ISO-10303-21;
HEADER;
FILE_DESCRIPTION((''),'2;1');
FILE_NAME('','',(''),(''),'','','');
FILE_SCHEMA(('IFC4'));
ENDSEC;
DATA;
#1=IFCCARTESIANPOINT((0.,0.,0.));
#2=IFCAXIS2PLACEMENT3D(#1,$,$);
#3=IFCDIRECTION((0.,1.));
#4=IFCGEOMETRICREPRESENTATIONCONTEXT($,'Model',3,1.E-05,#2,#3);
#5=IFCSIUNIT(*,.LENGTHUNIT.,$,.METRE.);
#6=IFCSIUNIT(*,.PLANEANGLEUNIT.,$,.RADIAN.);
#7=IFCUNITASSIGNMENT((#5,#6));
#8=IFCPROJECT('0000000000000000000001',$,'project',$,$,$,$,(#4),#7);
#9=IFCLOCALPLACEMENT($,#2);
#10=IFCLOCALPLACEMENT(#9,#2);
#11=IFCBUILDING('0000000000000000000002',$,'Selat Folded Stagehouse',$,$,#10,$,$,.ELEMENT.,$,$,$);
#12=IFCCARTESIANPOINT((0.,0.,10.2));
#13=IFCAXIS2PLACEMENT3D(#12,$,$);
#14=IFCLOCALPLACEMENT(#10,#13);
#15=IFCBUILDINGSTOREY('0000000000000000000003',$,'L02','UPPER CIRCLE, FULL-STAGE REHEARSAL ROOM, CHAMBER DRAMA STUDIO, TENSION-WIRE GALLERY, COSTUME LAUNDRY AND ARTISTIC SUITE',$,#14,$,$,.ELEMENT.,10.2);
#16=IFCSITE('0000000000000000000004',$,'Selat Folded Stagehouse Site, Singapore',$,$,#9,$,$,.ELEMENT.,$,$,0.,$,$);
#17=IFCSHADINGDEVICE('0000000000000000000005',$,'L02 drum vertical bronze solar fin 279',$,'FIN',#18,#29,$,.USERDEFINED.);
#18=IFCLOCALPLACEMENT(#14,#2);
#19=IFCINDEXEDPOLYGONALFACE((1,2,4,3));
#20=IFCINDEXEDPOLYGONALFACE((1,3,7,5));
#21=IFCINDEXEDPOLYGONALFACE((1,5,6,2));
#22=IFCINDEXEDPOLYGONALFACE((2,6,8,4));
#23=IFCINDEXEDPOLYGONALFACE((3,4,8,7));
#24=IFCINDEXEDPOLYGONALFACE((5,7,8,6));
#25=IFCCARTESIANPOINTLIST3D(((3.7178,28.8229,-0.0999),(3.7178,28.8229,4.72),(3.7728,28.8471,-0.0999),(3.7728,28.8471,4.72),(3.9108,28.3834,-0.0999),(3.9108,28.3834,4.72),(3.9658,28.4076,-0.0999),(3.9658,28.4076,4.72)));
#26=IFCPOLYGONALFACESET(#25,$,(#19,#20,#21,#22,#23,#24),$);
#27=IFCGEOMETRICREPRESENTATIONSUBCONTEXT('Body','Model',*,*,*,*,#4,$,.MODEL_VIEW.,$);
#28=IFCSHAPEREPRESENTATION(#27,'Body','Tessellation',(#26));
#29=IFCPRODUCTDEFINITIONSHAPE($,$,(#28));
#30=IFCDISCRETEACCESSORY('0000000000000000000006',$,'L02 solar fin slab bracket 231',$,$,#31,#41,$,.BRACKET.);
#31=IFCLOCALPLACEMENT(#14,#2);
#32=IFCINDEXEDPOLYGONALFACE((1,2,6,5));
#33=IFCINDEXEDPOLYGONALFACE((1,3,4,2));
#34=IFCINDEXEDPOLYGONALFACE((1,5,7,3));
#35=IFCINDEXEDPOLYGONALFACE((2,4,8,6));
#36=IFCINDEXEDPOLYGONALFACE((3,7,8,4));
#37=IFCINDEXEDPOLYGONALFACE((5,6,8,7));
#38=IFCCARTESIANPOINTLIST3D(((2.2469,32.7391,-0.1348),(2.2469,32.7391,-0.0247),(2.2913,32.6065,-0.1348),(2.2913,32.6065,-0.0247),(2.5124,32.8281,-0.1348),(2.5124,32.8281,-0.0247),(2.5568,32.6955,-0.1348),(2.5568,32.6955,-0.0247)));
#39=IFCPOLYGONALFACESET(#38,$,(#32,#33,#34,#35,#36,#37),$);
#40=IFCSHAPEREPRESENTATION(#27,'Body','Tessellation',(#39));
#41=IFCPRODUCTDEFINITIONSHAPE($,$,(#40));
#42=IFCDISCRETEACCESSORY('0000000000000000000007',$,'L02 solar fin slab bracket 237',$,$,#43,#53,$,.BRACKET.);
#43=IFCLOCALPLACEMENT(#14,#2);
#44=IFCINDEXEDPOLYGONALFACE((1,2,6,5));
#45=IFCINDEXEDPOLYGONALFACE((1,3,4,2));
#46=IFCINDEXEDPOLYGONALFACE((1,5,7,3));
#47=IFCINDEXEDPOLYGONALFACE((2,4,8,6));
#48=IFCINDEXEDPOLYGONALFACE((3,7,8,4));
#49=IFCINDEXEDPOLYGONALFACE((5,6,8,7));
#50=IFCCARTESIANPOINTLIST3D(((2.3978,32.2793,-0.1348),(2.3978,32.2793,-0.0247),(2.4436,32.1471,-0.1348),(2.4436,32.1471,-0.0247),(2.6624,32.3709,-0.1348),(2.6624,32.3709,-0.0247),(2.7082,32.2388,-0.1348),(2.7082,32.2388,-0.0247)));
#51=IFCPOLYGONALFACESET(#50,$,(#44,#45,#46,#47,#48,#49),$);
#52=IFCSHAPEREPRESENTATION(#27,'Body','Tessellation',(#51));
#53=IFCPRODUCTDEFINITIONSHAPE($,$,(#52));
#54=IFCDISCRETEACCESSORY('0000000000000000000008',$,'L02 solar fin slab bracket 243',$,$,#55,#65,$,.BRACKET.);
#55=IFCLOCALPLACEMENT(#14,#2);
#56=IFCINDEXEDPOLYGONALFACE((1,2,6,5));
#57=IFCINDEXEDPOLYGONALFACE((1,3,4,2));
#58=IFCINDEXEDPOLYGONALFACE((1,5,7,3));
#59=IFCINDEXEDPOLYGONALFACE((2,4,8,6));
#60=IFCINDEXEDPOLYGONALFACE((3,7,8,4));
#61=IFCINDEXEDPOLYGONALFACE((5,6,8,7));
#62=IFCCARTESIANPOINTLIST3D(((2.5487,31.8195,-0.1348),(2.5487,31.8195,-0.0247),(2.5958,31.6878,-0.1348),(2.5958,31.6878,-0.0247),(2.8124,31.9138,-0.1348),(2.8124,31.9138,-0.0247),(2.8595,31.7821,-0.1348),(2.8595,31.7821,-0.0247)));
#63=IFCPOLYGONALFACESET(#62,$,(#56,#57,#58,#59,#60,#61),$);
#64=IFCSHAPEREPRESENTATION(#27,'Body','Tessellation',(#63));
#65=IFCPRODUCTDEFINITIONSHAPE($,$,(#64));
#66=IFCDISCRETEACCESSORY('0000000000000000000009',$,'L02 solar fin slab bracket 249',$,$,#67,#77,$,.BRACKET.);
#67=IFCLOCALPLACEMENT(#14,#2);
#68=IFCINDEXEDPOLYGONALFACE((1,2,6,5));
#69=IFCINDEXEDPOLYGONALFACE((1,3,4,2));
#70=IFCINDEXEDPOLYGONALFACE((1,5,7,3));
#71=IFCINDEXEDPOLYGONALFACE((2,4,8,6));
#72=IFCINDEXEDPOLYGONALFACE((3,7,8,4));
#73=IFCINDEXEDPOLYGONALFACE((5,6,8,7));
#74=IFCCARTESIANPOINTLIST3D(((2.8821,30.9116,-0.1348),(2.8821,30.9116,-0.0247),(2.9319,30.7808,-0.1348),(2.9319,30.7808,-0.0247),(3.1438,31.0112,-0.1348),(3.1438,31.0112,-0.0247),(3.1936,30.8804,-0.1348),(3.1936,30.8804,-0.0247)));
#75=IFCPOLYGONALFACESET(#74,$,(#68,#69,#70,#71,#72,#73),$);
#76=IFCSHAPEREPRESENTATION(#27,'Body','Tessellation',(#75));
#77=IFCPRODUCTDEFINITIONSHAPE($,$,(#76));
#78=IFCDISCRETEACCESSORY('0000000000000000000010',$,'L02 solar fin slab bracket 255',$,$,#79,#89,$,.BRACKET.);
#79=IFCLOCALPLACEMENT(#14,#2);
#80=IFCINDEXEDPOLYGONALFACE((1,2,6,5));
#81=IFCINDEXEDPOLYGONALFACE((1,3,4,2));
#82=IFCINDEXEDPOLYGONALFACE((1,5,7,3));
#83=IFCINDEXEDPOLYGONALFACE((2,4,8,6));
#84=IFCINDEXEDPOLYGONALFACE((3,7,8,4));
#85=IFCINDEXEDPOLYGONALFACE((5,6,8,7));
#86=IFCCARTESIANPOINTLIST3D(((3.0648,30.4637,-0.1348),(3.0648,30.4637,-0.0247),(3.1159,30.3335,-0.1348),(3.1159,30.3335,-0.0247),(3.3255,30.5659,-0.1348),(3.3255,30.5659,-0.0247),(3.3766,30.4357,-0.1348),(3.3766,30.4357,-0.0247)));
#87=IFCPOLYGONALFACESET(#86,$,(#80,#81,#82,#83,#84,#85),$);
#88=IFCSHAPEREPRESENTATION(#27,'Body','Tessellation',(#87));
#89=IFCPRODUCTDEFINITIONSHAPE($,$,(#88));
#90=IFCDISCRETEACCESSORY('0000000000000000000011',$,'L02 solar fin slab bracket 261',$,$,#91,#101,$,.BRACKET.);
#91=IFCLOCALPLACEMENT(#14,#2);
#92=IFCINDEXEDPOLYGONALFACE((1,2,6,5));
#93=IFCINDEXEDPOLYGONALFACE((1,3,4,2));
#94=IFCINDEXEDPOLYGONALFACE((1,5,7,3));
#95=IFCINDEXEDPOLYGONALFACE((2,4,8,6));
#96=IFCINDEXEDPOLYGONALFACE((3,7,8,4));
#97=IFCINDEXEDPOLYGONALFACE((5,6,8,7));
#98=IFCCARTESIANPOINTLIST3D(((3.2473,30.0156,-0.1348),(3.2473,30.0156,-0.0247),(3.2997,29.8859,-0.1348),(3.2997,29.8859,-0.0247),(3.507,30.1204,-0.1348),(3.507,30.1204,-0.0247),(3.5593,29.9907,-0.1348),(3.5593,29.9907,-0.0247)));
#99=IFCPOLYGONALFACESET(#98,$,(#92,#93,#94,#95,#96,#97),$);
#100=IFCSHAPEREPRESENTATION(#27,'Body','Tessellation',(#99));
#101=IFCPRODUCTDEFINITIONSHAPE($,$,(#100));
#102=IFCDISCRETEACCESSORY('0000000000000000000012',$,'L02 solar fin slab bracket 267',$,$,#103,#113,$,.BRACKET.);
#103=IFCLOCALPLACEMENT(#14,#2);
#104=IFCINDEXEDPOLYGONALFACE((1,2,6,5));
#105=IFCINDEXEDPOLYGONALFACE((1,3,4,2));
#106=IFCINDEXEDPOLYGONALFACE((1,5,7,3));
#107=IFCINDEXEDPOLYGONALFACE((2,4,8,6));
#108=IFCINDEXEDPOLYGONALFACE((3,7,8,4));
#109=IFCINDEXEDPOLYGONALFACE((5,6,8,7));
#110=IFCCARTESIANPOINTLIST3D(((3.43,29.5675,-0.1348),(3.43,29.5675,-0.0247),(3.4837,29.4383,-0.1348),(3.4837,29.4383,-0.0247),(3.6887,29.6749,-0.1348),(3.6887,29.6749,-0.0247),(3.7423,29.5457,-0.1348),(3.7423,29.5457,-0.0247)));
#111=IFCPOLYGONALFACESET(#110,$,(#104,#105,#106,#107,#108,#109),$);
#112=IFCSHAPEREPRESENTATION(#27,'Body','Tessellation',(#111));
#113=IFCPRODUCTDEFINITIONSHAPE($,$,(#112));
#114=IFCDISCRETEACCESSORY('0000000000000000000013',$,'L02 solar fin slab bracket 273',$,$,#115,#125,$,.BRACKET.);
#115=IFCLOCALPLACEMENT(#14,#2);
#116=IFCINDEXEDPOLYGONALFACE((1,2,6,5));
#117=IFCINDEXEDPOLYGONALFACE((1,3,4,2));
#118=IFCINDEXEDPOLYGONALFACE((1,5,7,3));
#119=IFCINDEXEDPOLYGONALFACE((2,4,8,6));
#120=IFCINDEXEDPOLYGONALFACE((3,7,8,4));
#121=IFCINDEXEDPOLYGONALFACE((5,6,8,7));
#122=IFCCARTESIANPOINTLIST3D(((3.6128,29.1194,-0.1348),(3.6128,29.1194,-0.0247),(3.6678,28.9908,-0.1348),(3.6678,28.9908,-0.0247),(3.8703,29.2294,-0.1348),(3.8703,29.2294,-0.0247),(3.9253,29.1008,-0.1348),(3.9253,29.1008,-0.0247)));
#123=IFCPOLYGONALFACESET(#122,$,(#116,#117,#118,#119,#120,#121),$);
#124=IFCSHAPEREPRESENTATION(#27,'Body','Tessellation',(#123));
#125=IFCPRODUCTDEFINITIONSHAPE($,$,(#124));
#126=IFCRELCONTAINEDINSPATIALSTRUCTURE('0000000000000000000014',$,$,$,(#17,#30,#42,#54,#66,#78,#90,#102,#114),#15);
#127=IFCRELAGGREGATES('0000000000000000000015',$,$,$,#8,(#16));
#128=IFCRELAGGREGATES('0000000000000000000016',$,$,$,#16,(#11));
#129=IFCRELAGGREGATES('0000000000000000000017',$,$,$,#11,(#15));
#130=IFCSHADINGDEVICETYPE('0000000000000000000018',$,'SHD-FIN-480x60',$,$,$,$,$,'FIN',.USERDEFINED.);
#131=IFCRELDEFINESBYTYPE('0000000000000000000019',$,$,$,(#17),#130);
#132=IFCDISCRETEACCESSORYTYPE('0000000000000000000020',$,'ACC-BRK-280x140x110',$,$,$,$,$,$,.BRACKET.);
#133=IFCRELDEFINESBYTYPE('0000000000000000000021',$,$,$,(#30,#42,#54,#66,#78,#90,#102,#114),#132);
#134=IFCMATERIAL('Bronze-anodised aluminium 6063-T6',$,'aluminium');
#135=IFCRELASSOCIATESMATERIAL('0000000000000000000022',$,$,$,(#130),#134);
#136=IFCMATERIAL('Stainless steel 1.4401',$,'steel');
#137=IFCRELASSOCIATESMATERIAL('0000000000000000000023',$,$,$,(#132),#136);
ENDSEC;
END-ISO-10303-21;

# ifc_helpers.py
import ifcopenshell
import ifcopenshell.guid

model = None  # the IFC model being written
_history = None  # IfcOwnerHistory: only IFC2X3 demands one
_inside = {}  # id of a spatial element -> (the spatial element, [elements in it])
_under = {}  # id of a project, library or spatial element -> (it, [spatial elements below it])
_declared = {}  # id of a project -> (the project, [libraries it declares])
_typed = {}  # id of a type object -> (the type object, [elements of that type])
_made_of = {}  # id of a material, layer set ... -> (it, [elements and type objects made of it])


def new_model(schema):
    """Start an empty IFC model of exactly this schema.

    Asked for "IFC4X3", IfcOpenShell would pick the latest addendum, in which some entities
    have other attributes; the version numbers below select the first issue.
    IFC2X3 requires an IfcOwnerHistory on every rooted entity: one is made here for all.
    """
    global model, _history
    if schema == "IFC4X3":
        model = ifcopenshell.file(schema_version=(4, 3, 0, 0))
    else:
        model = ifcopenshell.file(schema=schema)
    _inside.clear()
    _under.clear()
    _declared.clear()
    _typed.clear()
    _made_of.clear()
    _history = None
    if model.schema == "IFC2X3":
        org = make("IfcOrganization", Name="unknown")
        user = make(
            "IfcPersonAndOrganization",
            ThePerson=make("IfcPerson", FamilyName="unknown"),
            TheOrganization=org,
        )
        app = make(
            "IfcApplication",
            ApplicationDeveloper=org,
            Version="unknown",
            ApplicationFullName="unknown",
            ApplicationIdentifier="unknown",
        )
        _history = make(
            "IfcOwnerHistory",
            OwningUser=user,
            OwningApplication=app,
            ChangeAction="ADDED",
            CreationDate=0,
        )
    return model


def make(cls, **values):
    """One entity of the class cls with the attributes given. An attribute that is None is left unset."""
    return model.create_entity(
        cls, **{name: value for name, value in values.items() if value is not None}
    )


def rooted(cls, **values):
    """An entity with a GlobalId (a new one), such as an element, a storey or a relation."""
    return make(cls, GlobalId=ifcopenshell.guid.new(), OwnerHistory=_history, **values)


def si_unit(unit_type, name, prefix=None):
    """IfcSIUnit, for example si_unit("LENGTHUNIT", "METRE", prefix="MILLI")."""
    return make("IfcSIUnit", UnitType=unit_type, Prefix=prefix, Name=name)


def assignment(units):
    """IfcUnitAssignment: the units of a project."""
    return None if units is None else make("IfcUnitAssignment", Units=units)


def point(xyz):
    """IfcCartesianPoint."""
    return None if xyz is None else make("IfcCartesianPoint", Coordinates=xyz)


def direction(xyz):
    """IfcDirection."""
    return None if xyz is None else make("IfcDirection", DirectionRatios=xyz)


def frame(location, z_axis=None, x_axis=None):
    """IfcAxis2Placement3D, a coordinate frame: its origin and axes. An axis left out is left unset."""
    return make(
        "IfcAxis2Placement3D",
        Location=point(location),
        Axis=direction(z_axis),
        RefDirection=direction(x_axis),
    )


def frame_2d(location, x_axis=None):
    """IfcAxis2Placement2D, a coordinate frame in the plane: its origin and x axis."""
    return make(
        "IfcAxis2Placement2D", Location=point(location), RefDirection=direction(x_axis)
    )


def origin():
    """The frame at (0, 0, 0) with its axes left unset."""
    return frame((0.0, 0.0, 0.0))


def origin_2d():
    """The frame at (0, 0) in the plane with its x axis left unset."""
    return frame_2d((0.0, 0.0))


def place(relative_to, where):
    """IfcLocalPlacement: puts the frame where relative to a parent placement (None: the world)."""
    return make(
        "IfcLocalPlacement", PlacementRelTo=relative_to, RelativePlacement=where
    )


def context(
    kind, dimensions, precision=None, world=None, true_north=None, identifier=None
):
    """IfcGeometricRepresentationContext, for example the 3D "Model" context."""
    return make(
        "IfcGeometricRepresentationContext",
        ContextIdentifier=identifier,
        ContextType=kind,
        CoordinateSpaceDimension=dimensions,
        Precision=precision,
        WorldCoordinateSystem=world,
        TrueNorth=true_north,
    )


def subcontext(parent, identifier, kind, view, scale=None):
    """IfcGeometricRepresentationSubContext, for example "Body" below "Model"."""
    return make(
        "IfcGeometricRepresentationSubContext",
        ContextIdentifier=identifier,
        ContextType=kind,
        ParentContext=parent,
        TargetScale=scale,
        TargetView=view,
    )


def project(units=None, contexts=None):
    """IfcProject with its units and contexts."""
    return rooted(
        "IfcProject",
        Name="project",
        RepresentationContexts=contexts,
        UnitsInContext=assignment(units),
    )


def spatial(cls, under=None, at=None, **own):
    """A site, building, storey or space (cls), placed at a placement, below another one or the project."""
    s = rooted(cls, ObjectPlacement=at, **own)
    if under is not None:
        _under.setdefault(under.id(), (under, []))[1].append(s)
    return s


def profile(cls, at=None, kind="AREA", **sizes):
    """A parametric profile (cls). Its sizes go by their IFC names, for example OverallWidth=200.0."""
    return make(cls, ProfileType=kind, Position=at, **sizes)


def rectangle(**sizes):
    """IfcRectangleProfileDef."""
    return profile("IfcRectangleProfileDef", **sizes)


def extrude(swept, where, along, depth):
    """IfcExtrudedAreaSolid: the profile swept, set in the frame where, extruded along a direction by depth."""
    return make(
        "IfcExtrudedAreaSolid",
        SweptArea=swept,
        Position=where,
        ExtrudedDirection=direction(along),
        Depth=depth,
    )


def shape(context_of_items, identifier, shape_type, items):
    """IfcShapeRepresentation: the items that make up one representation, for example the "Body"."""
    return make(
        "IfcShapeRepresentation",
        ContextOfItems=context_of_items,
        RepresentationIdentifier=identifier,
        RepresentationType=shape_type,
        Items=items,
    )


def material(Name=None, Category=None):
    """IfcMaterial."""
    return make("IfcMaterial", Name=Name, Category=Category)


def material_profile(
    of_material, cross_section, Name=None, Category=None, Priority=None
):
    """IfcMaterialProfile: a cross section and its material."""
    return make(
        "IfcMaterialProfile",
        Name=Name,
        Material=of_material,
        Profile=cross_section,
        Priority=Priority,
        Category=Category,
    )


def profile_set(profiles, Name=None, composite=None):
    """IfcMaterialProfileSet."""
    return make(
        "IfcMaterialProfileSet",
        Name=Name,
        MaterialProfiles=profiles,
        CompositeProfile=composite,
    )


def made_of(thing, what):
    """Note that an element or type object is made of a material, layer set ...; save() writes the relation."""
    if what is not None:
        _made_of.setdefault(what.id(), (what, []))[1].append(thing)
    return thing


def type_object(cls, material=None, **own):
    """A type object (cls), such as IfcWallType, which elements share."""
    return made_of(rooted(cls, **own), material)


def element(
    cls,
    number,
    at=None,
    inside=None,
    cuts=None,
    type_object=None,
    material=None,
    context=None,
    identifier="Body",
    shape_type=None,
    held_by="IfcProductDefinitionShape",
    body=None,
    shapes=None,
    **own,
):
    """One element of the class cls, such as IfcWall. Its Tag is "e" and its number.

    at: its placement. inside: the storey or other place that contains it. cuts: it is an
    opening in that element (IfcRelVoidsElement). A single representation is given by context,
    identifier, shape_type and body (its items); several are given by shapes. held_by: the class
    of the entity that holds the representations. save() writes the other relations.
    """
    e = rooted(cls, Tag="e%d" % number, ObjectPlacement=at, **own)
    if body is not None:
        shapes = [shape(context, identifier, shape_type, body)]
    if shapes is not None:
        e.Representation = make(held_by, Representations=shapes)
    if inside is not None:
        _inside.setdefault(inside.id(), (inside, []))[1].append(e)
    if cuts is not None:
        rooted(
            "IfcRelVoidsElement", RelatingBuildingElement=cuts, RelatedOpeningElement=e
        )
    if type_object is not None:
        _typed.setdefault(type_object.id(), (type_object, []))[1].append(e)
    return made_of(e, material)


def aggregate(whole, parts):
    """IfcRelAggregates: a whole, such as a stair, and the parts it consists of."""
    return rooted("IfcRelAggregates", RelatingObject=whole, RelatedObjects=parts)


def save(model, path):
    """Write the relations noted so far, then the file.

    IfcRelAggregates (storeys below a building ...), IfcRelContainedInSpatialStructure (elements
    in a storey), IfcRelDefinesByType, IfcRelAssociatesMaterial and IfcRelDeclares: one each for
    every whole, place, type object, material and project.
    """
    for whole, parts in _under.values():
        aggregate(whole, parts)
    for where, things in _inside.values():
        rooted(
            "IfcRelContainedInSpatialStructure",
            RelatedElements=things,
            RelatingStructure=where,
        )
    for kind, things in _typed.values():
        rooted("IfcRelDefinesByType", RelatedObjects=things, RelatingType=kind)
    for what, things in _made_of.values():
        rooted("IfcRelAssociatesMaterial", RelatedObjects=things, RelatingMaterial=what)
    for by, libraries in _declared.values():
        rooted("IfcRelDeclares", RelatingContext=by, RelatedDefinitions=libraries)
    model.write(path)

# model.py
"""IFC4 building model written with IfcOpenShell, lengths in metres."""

from ifc_helpers import new_model, si_unit, direction, frame, origin, origin_2d, place, context, subcontext, project, spatial, rectangle, extrude, material, material_profile, profile_set, type_object, element, save


model = new_model("IFC4")

# Units and contexts
model_context = context("Model", 3, precision=1e-05, world=origin(), true_north=direction((0.0, 1.0)))
body_context = subcontext(model_context, "Body", "Model", "MODEL_VIEW")
ifc_project = project(units=[si_unit("LENGTHUNIT", "METRE"), si_unit("PLANEANGLEUNIT", "RADIAN")], contexts=[model_context])

# Site, building, storey
site_placement = place(None, origin())
site = spatial("IfcSite", under=ifc_project, at=site_placement, Name="Selat Folded Stagehouse Site, Singapore", CompositionType="ELEMENT", RefElevation=0.0)
building_placement = place(site_placement, origin())
building = spatial("IfcBuilding", under=site, at=building_placement, Name="Selat Folded Stagehouse", CompositionType="ELEMENT")
storey_placement = place(building_placement, frame((0.0, 0.0, 10.2)))
storey = spatial("IfcBuildingStorey", under=building, at=storey_placement, Name="L02", Description="UPPER CIRCLE, FULL-STAGE REHEARSAL ROOM, CHAMBER DRAMA STUDIO, TENSION-WIRE GALLERY, COSTUME LAUNDRY AND ARTISTIC SUITE", CompositionType="ELEMENT", Elevation=10.2)

# Shading device
ifc_material_1 = material(Name="Bronze-anodised aluminium 6063-T6", Category="aluminium")
ifc_material_profile_1 = material_profile(ifc_material_1, rectangle(XDim=0.0601, YDim=0.48, at=origin_2d()), Name="SOLAR-FIN 480x60")
ifc_profile_set_1 = profile_set([ifc_material_profile_1], Name="Bronze-anodised aluminium 6063-T6")
shading_device_type = type_object("IfcShadingDeviceType", Name="SHD-FIN-480x60", ElementType="FIN", PredefinedType="USERDEFINED", material=ifc_profile_set_1)
for number, where, z_axis, x_axis, name in (
    (1, (3.8418, 28.6152, -0.0999), (0.0, 0.0, 1.0), (-0.915663, -0.401948, 0.0), "L02 drum vertical bronze solar fin 279"),
):
    element("IfcShadingDevice", number, at=place(storey_placement, frame(where, z_axis=z_axis, x_axis=x_axis)), inside=storey, type_object=shading_device_type, Name=name, ObjectType="FIN", PredefinedType="USERDEFINED", context=body_context, shape_type="SweptSolid", body=[
        extrude(rectangle(XDim=0.0601, YDim=0.48, at=origin_2d()), origin(), (0.0, 0.0, 1.0), 4.8198),
    ])

# Discrete accessories
ifc_material_2 = material(Name="Stainless steel 1.4401", Category="steel")
discrete_accessory_type = type_object("IfcDiscreteAccessoryType", Name="ACC-BRK-280x140x110", PredefinedType="BRACKET", material=ifc_material_2)
for number, where, z_axis, x_axis, name in (
    (2, (2.4019, 32.7173, -0.1348), (0.0, 0.0, 1.0), (-0.948157, -0.317801, 0.0), "L02 solar fin slab bracket 231"),
    (3, (2.553, 32.259, -0.1348), (0.0, 0.0, 1.0), (-0.944949, -0.327218, 0.0), "L02 solar fin slab bracket 237"),
    (4, (2.7041, 31.8008, -0.1348), (0.0, 0.0, 1.0), (-0.941588, -0.336767, 0.0), "L02 solar fin slab bracket 243"),
    (5, (3.0378, 30.896, -0.1348), (0.0, 0.0, 1.0), (-0.93464, -0.355596, 0.0), "L02 solar fin slab bracket 249"),
    (6, (3.2207, 30.4497, -0.1348), (0.0, 0.0, 1.0), (-0.931056, -0.364877, 0.0), "L02 solar fin slab bracket 255"),
    (7, (3.4033, 30.0032, -0.1348), (0.0, 0.0, 1.0), (-0.927315, -0.374283, 0.0), "L02 solar fin slab bracket 261"),
    (8, (3.5862, 29.5566, -0.1348), (0.0, 0.0, 1.0), (-0.923545, -0.38349, 0.0), "L02 solar fin slab bracket 267"),
    (9, (3.769, 29.1101, -0.1348), (0.0, 0.0, 1.0), (-0.919616, -0.392819, 0.0), "L02 solar fin slab bracket 273"),
):
    element("IfcDiscreteAccessory", number, at=place(storey_placement, frame(where, z_axis=z_axis, x_axis=x_axis)), inside=storey, type_object=discrete_accessory_type, Name=name, PredefinedType="BRACKET", context=body_context, shape_type="SweptSolid", body=[
        extrude(rectangle(XDim=0.28, YDim=0.1399, at=origin_2d()), origin(), (0.0, 0.0, 1.0), 0.1101),
    ])

save(model, "model.ifc")
